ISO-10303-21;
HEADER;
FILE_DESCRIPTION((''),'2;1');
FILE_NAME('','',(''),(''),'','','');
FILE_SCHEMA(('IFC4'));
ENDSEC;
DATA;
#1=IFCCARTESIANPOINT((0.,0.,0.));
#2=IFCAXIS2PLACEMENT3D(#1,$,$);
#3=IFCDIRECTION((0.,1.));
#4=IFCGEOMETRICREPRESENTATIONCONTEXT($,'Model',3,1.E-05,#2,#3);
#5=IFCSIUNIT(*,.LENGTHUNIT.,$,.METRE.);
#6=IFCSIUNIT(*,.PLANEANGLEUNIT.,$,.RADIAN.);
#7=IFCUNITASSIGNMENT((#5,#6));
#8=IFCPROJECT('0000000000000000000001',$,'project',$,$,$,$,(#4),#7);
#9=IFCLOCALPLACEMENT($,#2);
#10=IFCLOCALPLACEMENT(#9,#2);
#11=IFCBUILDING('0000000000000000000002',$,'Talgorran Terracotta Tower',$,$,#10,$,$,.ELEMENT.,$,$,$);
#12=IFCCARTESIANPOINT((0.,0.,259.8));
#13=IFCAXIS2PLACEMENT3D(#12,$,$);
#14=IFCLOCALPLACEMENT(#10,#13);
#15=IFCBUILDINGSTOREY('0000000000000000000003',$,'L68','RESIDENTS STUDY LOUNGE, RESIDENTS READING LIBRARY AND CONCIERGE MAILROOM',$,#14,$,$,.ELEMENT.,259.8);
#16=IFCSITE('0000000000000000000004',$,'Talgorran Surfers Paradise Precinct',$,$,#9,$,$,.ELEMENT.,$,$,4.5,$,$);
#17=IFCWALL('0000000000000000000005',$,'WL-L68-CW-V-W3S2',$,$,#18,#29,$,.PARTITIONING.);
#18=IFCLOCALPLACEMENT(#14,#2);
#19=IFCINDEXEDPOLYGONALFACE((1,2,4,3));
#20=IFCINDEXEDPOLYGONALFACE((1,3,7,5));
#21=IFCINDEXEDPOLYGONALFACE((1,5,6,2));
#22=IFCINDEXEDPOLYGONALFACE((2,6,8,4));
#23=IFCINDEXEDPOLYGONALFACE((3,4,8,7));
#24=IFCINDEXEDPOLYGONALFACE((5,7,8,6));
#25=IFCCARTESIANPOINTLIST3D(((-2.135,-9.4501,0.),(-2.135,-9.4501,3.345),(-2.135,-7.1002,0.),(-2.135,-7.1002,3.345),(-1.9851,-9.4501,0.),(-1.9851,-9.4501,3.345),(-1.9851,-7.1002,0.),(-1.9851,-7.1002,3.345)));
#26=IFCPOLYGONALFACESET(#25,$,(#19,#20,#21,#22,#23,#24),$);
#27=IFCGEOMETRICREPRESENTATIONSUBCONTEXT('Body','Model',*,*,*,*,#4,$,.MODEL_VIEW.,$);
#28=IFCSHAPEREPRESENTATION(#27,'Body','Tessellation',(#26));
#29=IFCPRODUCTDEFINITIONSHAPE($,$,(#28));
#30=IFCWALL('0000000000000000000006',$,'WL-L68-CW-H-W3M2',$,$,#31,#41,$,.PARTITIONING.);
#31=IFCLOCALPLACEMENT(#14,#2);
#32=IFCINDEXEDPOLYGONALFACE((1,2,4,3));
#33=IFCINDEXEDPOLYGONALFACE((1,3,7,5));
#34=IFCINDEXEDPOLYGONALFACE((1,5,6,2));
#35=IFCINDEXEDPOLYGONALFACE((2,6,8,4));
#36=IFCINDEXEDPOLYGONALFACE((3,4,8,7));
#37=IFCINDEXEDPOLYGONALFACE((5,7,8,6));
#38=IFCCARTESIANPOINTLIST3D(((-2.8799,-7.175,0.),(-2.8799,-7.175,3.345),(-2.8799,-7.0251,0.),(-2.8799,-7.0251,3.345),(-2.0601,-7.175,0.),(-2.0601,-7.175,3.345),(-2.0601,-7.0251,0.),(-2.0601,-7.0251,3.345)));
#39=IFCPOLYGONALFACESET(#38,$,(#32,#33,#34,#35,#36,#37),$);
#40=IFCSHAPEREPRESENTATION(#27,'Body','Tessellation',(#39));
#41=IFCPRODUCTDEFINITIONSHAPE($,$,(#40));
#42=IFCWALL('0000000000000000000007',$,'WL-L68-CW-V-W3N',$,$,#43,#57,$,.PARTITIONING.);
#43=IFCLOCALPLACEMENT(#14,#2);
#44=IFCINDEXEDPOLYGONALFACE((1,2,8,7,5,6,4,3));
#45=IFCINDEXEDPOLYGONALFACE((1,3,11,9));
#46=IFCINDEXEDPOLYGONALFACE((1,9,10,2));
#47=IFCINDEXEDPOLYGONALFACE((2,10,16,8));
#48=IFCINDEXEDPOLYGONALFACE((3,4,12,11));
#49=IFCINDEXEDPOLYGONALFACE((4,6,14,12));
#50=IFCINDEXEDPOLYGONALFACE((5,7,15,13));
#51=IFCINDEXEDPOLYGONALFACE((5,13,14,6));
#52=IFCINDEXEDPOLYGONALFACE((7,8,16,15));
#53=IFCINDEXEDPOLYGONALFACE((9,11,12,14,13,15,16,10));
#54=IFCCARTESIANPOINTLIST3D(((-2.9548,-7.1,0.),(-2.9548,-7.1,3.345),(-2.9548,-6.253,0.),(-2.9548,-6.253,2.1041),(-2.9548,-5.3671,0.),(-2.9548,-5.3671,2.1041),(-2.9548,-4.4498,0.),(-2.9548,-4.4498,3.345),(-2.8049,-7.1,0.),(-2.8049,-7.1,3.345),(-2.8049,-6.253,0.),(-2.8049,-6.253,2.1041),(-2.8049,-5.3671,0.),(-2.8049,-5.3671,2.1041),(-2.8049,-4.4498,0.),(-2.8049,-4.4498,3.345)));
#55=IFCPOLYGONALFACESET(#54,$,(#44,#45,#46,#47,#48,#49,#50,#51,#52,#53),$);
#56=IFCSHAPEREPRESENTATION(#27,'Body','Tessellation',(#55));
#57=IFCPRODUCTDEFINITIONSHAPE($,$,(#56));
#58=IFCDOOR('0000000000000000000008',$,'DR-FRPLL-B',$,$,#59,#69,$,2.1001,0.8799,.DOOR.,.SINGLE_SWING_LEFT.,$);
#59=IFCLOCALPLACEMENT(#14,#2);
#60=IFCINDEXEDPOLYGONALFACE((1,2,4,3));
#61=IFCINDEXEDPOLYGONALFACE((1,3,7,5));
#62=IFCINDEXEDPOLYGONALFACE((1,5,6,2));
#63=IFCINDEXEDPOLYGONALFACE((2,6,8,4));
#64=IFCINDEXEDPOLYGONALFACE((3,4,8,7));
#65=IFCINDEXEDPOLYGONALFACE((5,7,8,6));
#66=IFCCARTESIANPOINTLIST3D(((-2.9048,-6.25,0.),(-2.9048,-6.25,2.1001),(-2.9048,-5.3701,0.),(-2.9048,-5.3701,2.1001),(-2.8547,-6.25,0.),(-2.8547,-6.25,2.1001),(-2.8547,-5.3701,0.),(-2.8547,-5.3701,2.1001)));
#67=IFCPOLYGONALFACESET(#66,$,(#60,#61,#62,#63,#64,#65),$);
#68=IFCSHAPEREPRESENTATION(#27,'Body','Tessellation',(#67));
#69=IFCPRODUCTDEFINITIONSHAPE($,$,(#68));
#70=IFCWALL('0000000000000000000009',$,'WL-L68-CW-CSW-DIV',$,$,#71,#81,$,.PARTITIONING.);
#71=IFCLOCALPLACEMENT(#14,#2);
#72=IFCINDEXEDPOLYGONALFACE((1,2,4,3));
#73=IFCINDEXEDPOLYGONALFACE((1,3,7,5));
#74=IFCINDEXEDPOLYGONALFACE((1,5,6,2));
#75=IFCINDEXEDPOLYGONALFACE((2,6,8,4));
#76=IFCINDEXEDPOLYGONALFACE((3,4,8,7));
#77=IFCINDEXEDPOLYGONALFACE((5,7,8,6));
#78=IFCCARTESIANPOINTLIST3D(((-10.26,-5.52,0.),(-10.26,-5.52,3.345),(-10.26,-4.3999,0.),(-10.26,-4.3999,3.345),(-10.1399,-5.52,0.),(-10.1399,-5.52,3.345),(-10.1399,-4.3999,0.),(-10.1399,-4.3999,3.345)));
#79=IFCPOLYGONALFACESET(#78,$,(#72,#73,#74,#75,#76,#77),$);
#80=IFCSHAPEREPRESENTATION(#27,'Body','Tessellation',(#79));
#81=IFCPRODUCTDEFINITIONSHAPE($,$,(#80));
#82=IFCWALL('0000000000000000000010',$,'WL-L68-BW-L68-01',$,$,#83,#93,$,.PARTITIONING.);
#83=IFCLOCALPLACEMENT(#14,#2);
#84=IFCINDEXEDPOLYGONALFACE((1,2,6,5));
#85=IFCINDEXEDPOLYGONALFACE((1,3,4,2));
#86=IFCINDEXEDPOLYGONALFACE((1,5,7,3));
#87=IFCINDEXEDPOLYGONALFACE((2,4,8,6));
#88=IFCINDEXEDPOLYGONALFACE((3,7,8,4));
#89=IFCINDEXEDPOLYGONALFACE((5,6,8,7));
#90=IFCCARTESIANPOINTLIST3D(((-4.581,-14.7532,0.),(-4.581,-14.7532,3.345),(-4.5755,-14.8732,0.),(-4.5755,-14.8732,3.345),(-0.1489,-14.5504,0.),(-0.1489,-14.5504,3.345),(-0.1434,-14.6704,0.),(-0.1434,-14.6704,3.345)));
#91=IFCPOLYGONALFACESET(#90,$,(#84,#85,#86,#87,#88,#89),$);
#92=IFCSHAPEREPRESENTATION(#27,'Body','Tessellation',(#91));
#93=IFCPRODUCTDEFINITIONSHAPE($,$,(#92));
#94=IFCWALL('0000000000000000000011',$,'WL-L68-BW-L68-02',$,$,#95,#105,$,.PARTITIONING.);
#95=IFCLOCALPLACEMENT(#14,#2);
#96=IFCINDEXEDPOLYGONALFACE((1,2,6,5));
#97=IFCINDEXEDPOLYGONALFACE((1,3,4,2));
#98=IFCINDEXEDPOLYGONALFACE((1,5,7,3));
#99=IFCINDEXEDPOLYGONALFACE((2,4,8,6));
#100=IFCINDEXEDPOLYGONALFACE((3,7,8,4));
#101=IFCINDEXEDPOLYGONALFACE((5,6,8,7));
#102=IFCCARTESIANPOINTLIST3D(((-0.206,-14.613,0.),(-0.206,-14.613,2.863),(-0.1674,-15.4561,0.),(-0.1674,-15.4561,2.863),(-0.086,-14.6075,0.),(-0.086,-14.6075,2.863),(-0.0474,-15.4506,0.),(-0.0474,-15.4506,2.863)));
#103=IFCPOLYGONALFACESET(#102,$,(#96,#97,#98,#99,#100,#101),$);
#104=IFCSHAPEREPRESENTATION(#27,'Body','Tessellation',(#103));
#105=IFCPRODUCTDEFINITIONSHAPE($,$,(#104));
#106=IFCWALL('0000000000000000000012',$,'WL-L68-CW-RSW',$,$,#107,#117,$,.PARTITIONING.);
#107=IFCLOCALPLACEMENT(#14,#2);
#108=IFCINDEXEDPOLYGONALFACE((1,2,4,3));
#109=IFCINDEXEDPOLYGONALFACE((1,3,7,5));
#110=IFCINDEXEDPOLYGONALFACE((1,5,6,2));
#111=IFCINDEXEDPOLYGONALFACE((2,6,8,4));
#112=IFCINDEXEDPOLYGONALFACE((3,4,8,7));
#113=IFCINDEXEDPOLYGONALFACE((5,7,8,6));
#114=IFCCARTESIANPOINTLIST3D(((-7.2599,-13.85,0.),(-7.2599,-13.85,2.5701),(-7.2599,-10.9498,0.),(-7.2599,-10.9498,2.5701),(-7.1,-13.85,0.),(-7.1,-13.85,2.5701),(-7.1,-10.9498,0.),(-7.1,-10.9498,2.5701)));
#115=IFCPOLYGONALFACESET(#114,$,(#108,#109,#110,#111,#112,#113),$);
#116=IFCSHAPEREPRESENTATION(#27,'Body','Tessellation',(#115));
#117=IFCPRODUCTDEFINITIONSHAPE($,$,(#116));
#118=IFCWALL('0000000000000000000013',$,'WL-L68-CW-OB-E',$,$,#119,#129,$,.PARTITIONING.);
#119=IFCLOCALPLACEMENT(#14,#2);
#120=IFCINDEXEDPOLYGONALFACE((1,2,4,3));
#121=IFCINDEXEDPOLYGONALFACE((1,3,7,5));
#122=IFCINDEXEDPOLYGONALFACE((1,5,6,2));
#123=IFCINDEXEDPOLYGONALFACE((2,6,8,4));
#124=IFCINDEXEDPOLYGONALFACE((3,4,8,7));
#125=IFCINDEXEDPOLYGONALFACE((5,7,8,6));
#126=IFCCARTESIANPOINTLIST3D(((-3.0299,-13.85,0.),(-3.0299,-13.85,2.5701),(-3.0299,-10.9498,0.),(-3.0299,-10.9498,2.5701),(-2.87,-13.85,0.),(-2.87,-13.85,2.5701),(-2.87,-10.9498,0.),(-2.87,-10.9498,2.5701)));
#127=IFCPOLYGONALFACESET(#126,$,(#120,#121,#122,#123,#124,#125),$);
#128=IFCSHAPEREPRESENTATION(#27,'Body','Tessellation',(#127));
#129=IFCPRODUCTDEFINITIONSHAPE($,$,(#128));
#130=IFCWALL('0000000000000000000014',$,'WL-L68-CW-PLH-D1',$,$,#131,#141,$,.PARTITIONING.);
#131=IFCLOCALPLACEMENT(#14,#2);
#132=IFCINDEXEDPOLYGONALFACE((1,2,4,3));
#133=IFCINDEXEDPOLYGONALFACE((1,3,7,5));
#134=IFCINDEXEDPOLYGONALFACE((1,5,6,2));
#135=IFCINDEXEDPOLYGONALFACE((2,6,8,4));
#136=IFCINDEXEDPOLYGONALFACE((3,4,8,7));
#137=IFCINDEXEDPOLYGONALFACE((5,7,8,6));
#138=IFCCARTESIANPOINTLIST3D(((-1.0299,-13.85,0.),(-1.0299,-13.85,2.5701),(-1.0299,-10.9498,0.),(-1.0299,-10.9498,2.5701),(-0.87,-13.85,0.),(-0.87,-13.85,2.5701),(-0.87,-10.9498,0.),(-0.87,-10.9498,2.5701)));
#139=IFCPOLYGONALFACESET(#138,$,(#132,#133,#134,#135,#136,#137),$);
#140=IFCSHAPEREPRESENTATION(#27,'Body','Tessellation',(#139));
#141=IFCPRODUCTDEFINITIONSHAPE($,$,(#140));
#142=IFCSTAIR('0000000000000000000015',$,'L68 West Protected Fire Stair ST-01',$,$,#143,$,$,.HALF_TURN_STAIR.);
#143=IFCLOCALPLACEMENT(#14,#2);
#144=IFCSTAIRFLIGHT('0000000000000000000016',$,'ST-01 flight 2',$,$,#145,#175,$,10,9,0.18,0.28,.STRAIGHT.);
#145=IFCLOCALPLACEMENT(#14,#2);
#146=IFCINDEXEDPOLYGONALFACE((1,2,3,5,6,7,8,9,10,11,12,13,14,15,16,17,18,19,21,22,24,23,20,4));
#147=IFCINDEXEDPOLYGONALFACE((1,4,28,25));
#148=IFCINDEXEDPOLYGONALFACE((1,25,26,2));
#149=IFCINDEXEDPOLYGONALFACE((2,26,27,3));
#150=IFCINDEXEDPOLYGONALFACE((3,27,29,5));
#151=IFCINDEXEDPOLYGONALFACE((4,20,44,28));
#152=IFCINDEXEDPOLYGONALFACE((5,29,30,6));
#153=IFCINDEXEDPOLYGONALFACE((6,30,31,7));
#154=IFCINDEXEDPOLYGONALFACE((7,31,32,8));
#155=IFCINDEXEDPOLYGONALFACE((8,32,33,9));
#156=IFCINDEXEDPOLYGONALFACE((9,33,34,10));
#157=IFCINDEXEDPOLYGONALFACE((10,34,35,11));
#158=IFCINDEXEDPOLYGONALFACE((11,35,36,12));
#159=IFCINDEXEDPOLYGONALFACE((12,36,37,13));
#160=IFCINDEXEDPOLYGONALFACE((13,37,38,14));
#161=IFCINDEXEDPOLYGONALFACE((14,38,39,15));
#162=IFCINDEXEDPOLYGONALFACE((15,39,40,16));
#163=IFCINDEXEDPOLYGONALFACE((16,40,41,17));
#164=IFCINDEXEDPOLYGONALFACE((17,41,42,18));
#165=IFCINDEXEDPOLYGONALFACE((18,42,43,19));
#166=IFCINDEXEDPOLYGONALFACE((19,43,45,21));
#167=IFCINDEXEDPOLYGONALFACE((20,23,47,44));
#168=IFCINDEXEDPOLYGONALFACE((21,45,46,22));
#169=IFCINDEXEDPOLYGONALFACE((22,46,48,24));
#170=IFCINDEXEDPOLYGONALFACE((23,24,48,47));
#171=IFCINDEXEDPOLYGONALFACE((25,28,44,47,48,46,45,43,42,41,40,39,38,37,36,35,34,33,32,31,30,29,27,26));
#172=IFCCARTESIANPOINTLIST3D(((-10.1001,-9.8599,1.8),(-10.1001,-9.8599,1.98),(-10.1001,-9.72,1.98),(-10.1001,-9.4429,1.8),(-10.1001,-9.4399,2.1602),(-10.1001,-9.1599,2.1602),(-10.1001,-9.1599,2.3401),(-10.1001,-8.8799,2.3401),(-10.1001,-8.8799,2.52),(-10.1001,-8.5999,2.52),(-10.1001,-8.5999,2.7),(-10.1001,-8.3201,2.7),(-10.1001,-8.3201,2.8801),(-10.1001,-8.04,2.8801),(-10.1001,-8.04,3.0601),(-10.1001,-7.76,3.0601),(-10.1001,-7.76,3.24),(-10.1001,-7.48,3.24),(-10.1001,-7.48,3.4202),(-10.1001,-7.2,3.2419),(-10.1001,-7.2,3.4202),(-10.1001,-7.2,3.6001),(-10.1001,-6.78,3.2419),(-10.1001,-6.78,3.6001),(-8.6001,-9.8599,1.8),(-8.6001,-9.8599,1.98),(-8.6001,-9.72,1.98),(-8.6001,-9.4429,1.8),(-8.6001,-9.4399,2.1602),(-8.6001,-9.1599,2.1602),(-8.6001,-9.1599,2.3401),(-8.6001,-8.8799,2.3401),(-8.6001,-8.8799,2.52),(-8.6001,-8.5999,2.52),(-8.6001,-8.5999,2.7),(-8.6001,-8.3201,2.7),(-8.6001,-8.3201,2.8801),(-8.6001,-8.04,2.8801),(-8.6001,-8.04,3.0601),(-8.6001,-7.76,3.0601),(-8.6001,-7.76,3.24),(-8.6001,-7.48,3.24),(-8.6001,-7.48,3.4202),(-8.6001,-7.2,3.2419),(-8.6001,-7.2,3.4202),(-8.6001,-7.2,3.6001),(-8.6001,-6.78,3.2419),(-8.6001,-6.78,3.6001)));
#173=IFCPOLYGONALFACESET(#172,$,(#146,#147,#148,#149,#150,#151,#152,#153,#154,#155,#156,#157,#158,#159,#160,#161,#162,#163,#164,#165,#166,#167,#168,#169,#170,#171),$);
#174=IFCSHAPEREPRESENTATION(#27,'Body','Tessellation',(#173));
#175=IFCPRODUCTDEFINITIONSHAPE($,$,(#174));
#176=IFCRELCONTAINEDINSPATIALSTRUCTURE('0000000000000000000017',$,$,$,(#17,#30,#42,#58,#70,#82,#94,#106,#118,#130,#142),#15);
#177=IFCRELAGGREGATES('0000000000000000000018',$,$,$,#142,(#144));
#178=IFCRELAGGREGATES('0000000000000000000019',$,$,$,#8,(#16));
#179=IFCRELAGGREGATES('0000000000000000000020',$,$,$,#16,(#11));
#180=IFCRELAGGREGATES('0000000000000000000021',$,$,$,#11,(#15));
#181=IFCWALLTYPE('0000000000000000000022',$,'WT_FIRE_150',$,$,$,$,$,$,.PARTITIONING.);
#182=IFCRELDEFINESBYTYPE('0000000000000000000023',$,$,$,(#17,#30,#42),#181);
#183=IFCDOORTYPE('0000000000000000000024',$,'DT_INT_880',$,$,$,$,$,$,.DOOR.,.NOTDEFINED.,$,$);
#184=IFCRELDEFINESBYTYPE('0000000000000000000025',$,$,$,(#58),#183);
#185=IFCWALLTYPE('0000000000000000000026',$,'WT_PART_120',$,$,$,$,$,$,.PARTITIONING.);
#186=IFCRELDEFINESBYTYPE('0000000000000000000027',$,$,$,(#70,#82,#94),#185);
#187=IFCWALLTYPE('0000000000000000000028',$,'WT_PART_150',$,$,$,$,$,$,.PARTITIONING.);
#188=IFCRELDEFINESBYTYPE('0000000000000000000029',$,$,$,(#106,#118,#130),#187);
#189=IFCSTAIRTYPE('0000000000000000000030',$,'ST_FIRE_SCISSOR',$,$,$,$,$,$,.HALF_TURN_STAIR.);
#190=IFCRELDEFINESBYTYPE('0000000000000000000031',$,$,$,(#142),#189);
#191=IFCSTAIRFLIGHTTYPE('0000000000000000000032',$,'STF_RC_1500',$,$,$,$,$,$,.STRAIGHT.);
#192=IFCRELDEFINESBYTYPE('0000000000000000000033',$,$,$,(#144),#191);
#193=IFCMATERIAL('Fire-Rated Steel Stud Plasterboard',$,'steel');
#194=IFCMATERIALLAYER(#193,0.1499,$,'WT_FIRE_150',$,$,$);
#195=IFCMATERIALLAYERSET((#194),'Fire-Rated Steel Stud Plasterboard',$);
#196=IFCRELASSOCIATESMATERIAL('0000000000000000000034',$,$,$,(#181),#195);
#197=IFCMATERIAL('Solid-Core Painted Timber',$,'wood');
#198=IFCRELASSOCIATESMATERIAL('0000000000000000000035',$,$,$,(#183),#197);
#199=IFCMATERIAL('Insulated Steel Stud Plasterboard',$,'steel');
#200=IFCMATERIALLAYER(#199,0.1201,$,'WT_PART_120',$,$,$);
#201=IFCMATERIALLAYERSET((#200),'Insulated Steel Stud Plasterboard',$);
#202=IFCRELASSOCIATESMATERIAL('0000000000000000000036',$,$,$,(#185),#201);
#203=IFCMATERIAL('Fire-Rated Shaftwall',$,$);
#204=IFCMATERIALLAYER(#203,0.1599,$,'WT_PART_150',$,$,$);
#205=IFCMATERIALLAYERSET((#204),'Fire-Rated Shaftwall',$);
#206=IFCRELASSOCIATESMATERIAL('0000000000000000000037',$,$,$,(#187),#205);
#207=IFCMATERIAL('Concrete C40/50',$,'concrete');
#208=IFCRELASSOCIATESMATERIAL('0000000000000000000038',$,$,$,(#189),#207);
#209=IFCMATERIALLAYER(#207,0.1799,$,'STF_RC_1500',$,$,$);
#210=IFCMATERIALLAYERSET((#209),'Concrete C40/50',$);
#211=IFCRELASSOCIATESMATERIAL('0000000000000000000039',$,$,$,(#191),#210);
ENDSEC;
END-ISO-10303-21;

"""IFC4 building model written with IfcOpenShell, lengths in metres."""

from ifc_helpers import new_model, si_unit, direction, frame, frame_2d, origin, place, context, subcontext, project, spatial, polyline, rectangle, outline, extrude, material, layer, layer_set, type_object, element, fill, aggregate, save


model = new_model("IFC4")

# Units and contexts
model_context = context("Model", 3, precision=1e-05, world=origin(), true_north=direction((0.0, 1.0)))
body_context = subcontext(model_context, "Body", "Model", "MODEL_VIEW")
ifc_project = project(units=[si_unit("LENGTHUNIT", "METRE"), si_unit("PLANEANGLEUNIT", "RADIAN")], contexts=[model_context])

# Site, building, storey
site_placement = place(None, origin())
site = spatial("IfcSite", under=ifc_project, at=site_placement, Name="Talgorran Surfers Paradise Precinct", CompositionType="ELEMENT", RefElevation=4.5)
building_placement = place(site_placement, origin())
building = spatial("IfcBuilding", under=site, at=building_placement, Name="Talgorran Terracotta Tower", CompositionType="ELEMENT")
storey_placement = place(building_placement, frame((0.0, 0.0, 259.8)))
storey = spatial("IfcBuildingStorey", under=building, at=storey_placement, Name="L68", Description="RESIDENTS STUDY LOUNGE, RESIDENTS READING LIBRARY AND CONCIERGE MAILROOM", CompositionType="ELEMENT", Elevation=259.8)

# Walls
ifc_material_1 = material(Name="Fire-Rated Steel Stud Plasterboard", Category="steel")
ifc_layer_1 = layer(ifc_material_1, 0.1499, Name="WT_FIRE_150")
ifc_layer_set_1 = layer_set([ifc_layer_1], Name="Fire-Rated Steel Stud Plasterboard")
wall_type_1 = type_object("IfcWallType", Name="WT_FIRE_150", PredefinedType="PARTITIONING", material=ifc_layer_set_1)
wall_1_placement = place(storey_placement, frame((-2.0601, -9.45, 0.0), z_axis=(0.0, 0.0, 1.0), x_axis=(0.0, 1.0, 0.0)))
element("IfcWall", 1, at=wall_1_placement, inside=storey, type_object=wall_type_1, Name="WL-L68-CW-V-W3S2", PredefinedType="PARTITIONING", context=body_context, shape_type="SweptSolid", body=[
    extrude(rectangle(XDim=2.3499, YDim=0.1499, at=frame_2d((1.1748, 0.0))), origin(), (0.0, 0.0, 1.0), 3.345),
])
wall_2_placement = place(storey_placement, frame((-2.8799, -7.1001, 0.0), z_axis=(0.0, 0.0, 1.0), x_axis=(1.0, 0.0, 0.0)))
element("IfcWall", 2, at=wall_2_placement, inside=storey, type_object=wall_type_1, Name="WL-L68-CW-H-W3M2", PredefinedType="PARTITIONING", context=body_context, shape_type="SweptSolid", body=[
    extrude(rectangle(XDim=0.8198, YDim=0.1499, at=frame_2d((0.4099, 0.0))), origin(), (0.0, 0.0, 1.0), 3.345),
])

# Wall, opening, door
wall_3_placement = place(storey_placement, frame((-2.8799, -7.1001, 0.0), z_axis=(0.0, 0.0, 1.0), x_axis=(0.0, 1.0, 0.0)))
wall_3 = element("IfcWall", 3, at=wall_3_placement, inside=storey, type_object=wall_type_1, Name="WL-L68-CW-V-W3N", PredefinedType="PARTITIONING", context=body_context, shape_type="SweptSolid", body=[
    extrude(rectangle(XDim=2.6501, YDim=0.1499, at=frame_2d((1.3252, 0.0))), origin(), (0.0, 0.0, 1.0), 3.345),
])
opening_1_placement = place(wall_3_placement, frame((0.8501, 0.0, 0.0)))
opening_1 = element("IfcOpeningElement", 4, at=opening_1_placement, cuts=wall_3, PredefinedType="OPENING", context=body_context, shape_type="SweptSolid", body=[
    extrude(rectangle(XDim=0.8859, YDim=2.1041, at=frame_2d((0.4399, 1.052))), frame((0.0, 0.085, 0.0), z_axis=(0.0, -1.0, 0.0), x_axis=(1.0, 0.0, 0.0)), (0.0, 0.0, 1.0), 0.1699),
])
ifc_material_2 = material(Name="Solid-Core Painted Timber", Category="wood")
door_type_1 = type_object("IfcDoorType", Name="DT_INT_880", OperationType="NOTDEFINED", PredefinedType="DOOR", material=ifc_material_2)
door_1_placement = place(opening_1_placement, origin())
door_1 = element("IfcDoor", 5, at=door_1_placement, inside=storey, type_object=door_type_1, Name="DR-FRPLL-B", OperationType="SINGLE_SWING_LEFT", OverallHeight=2.1001, OverallWidth=0.8799, PredefinedType="DOOR", context=body_context, shape_type="SweptSolid", body=[
    extrude(rectangle(XDim=0.8799, YDim=2.1001, at=frame_2d((0.4399, 1.05))), frame((0.0, 0.0249, 0.0), z_axis=(0.0, -1.0, 0.0), x_axis=(1.0, 0.0, 0.0)), (0.0, 0.0, 1.0), 0.05),
])
fill(opening_1, door_1)

# Walls
ifc_material_3 = material(Name="Insulated Steel Stud Plasterboard", Category="steel")
ifc_layer_2 = layer(ifc_material_3, 0.1201, Name="WT_PART_120")
ifc_layer_set_2 = layer_set([ifc_layer_2], Name="Insulated Steel Stud Plasterboard")
wall_type_2 = type_object("IfcWallType", Name="WT_PART_120", PredefinedType="PARTITIONING", material=ifc_layer_set_2)
wall_4_placement = place(storey_placement, frame((-10.2, -5.52, 0.0), z_axis=(0.0, 0.0, 1.0), x_axis=(0.0, 1.0, 0.0)))
element("IfcWall", 6, at=wall_4_placement, inside=storey, type_object=wall_type_2, Name="WL-L68-CW-CSW-DIV", PredefinedType="PARTITIONING", context=body_context, shape_type="SweptSolid", body=[
    extrude(rectangle(XDim=1.1201, YDim=0.1201, at=frame_2d((0.5601, 0.0))), origin(), (0.0, 0.0, 1.0), 3.345),
])
wall_5_placement = place(storey_placement, frame((-4.5781, -14.8132, 0.0), z_axis=(0.0, 0.0, 1.0), x_axis=(0.998954, 0.045727, 0.0)))
element("IfcWall", 7, at=wall_5_placement, inside=storey, type_object=wall_type_2, Name="WL-L68-BW-L68-01", PredefinedType="PARTITIONING", context=body_context, shape_type="SweptSolid", body=[
    extrude(rectangle(XDim=4.4368, YDim=0.1201, at=frame_2d((2.2183, 0.0))), origin(), (0.0, 0.0, 1.0), 3.345),
])
wall_6_placement = place(storey_placement, frame((-0.146, -14.6104, 0.0), z_axis=(0.0, 0.0, 1.0), x_axis=(0.045709, -0.998955, 0.0)))
element("IfcWall", 8, at=wall_6_placement, inside=storey, type_object=wall_type_2, Name="WL-L68-BW-L68-02", PredefinedType="PARTITIONING", context=body_context, shape_type="SweptSolid", body=[
    extrude(rectangle(XDim=0.844, YDim=0.1201, at=frame_2d((0.4219, 0.0))), origin(), (0.0, 0.0, 1.0), 2.863),
])
ifc_material_4 = material(Name="Fire-Rated Shaftwall")
ifc_layer_3 = layer(ifc_material_4, 0.1599, Name="WT_PART_150")
ifc_layer_set_3 = layer_set([ifc_layer_3], Name="Fire-Rated Shaftwall")
wall_type_3 = type_object("IfcWallType", Name="WT_PART_150", PredefinedType="PARTITIONING", material=ifc_layer_set_3)
for number, where, z_axis, x_axis, name in (
    (9, (-7.1799, -13.8501, 0.0), (0.0, 0.0, 1.0), (0.0, 1.0, 0.0), "WL-L68-CW-RSW"),
    (10, (-2.95, -13.8501, 0.0), (0.0, 0.0, 1.0), (0.0, 1.0, 0.0), "WL-L68-CW-OB-E"),
    (11, (-0.95, -13.8501, 0.0), (0.0, 0.0, 1.0), (0.0, 1.0, 0.0), "WL-L68-CW-PLH-D1"),
):
    element("IfcWall", number, at=place(storey_placement, frame(where, z_axis=z_axis, x_axis=x_axis)), inside=storey, type_object=wall_type_3, Name=name, PredefinedType="PARTITIONING", context=body_context, shape_type="SweptSolid", body=[
        extrude(rectangle(XDim=2.9001, YDim=0.1599, at=frame_2d((1.4502, 0.0))), origin(), (0.0, 0.0, 1.0), 2.5701),
    ])

# Stair, stair flight
ifc_material_5 = material(Name="Concrete C40/50", Category="concrete")
stair_type = type_object("IfcStairType", Name="ST_FIRE_SCISSOR", PredefinedType="HALF_TURN_STAIR", material=ifc_material_5)
stair_placement = place(storey_placement, origin())
stair = element("IfcStair", 12, at=stair_placement, inside=storey, type_object=stair_type, Name="L68 West Protected Fire Stair ST-01", PredefinedType="HALF_TURN_STAIR")
ifc_layer_4 = layer(ifc_material_5, 0.1799, Name="STF_RC_1500")
ifc_layer_set_4 = layer_set([ifc_layer_4], Name="Concrete C40/50")
stair_flight_type = type_object("IfcStairFlightType", Name="STF_RC_1500", PredefinedType="STRAIGHT", material=ifc_layer_set_4)
stair_flight_placement = place(storey_placement, frame((-9.3501, -9.72, 1.8), z_axis=(0.0, 0.0, 1.0), x_axis=(0.0, 1.0, 0.0)))
stair_flight = element("IfcStairFlight", 13, at=stair_flight_placement, type_object=stair_flight_type, Name="ST-01 flight 2", NumberOfRisers=10, NumberOfTreads=9, PredefinedType="STRAIGHT", RiserHeight=0.18, TreadLength=0.28, context=body_context, shape_type="SweptSolid", body=[
    extrude(outline(polyline([(-0.1399, 0.0), (-0.1399, 0.1799), (0.0, 0.1799), (0.28, 0.3601), (0.5601, 0.3601), (0.5601, 0.54), (0.8401, 0.54), (0.8401, 0.72), (1.1201, 0.72), (1.1201, 0.8999), (1.3999, 0.8999), (1.3999, 1.0801), (1.6799, 1.0801), (1.6799, 1.26), (1.96, 1.26), (1.96, 1.4399), (2.24, 1.4399), (2.24, 1.6201), (2.52, 1.6201), (2.52, 1.8), (2.9399, 1.8), (2.9399, 1.4419), (2.52, 1.4419), (0.2771, 0.0), (-0.1399, 0.0)])), frame((0.0, 0.75, 0.0), z_axis=(0.0, -1.0, 0.0), x_axis=(1.0, 0.0, 0.0)), (0.0, 0.0, 1.0), 1.5),
])
aggregate(stair, [stair_flight])

save(model, "model.ifc")
